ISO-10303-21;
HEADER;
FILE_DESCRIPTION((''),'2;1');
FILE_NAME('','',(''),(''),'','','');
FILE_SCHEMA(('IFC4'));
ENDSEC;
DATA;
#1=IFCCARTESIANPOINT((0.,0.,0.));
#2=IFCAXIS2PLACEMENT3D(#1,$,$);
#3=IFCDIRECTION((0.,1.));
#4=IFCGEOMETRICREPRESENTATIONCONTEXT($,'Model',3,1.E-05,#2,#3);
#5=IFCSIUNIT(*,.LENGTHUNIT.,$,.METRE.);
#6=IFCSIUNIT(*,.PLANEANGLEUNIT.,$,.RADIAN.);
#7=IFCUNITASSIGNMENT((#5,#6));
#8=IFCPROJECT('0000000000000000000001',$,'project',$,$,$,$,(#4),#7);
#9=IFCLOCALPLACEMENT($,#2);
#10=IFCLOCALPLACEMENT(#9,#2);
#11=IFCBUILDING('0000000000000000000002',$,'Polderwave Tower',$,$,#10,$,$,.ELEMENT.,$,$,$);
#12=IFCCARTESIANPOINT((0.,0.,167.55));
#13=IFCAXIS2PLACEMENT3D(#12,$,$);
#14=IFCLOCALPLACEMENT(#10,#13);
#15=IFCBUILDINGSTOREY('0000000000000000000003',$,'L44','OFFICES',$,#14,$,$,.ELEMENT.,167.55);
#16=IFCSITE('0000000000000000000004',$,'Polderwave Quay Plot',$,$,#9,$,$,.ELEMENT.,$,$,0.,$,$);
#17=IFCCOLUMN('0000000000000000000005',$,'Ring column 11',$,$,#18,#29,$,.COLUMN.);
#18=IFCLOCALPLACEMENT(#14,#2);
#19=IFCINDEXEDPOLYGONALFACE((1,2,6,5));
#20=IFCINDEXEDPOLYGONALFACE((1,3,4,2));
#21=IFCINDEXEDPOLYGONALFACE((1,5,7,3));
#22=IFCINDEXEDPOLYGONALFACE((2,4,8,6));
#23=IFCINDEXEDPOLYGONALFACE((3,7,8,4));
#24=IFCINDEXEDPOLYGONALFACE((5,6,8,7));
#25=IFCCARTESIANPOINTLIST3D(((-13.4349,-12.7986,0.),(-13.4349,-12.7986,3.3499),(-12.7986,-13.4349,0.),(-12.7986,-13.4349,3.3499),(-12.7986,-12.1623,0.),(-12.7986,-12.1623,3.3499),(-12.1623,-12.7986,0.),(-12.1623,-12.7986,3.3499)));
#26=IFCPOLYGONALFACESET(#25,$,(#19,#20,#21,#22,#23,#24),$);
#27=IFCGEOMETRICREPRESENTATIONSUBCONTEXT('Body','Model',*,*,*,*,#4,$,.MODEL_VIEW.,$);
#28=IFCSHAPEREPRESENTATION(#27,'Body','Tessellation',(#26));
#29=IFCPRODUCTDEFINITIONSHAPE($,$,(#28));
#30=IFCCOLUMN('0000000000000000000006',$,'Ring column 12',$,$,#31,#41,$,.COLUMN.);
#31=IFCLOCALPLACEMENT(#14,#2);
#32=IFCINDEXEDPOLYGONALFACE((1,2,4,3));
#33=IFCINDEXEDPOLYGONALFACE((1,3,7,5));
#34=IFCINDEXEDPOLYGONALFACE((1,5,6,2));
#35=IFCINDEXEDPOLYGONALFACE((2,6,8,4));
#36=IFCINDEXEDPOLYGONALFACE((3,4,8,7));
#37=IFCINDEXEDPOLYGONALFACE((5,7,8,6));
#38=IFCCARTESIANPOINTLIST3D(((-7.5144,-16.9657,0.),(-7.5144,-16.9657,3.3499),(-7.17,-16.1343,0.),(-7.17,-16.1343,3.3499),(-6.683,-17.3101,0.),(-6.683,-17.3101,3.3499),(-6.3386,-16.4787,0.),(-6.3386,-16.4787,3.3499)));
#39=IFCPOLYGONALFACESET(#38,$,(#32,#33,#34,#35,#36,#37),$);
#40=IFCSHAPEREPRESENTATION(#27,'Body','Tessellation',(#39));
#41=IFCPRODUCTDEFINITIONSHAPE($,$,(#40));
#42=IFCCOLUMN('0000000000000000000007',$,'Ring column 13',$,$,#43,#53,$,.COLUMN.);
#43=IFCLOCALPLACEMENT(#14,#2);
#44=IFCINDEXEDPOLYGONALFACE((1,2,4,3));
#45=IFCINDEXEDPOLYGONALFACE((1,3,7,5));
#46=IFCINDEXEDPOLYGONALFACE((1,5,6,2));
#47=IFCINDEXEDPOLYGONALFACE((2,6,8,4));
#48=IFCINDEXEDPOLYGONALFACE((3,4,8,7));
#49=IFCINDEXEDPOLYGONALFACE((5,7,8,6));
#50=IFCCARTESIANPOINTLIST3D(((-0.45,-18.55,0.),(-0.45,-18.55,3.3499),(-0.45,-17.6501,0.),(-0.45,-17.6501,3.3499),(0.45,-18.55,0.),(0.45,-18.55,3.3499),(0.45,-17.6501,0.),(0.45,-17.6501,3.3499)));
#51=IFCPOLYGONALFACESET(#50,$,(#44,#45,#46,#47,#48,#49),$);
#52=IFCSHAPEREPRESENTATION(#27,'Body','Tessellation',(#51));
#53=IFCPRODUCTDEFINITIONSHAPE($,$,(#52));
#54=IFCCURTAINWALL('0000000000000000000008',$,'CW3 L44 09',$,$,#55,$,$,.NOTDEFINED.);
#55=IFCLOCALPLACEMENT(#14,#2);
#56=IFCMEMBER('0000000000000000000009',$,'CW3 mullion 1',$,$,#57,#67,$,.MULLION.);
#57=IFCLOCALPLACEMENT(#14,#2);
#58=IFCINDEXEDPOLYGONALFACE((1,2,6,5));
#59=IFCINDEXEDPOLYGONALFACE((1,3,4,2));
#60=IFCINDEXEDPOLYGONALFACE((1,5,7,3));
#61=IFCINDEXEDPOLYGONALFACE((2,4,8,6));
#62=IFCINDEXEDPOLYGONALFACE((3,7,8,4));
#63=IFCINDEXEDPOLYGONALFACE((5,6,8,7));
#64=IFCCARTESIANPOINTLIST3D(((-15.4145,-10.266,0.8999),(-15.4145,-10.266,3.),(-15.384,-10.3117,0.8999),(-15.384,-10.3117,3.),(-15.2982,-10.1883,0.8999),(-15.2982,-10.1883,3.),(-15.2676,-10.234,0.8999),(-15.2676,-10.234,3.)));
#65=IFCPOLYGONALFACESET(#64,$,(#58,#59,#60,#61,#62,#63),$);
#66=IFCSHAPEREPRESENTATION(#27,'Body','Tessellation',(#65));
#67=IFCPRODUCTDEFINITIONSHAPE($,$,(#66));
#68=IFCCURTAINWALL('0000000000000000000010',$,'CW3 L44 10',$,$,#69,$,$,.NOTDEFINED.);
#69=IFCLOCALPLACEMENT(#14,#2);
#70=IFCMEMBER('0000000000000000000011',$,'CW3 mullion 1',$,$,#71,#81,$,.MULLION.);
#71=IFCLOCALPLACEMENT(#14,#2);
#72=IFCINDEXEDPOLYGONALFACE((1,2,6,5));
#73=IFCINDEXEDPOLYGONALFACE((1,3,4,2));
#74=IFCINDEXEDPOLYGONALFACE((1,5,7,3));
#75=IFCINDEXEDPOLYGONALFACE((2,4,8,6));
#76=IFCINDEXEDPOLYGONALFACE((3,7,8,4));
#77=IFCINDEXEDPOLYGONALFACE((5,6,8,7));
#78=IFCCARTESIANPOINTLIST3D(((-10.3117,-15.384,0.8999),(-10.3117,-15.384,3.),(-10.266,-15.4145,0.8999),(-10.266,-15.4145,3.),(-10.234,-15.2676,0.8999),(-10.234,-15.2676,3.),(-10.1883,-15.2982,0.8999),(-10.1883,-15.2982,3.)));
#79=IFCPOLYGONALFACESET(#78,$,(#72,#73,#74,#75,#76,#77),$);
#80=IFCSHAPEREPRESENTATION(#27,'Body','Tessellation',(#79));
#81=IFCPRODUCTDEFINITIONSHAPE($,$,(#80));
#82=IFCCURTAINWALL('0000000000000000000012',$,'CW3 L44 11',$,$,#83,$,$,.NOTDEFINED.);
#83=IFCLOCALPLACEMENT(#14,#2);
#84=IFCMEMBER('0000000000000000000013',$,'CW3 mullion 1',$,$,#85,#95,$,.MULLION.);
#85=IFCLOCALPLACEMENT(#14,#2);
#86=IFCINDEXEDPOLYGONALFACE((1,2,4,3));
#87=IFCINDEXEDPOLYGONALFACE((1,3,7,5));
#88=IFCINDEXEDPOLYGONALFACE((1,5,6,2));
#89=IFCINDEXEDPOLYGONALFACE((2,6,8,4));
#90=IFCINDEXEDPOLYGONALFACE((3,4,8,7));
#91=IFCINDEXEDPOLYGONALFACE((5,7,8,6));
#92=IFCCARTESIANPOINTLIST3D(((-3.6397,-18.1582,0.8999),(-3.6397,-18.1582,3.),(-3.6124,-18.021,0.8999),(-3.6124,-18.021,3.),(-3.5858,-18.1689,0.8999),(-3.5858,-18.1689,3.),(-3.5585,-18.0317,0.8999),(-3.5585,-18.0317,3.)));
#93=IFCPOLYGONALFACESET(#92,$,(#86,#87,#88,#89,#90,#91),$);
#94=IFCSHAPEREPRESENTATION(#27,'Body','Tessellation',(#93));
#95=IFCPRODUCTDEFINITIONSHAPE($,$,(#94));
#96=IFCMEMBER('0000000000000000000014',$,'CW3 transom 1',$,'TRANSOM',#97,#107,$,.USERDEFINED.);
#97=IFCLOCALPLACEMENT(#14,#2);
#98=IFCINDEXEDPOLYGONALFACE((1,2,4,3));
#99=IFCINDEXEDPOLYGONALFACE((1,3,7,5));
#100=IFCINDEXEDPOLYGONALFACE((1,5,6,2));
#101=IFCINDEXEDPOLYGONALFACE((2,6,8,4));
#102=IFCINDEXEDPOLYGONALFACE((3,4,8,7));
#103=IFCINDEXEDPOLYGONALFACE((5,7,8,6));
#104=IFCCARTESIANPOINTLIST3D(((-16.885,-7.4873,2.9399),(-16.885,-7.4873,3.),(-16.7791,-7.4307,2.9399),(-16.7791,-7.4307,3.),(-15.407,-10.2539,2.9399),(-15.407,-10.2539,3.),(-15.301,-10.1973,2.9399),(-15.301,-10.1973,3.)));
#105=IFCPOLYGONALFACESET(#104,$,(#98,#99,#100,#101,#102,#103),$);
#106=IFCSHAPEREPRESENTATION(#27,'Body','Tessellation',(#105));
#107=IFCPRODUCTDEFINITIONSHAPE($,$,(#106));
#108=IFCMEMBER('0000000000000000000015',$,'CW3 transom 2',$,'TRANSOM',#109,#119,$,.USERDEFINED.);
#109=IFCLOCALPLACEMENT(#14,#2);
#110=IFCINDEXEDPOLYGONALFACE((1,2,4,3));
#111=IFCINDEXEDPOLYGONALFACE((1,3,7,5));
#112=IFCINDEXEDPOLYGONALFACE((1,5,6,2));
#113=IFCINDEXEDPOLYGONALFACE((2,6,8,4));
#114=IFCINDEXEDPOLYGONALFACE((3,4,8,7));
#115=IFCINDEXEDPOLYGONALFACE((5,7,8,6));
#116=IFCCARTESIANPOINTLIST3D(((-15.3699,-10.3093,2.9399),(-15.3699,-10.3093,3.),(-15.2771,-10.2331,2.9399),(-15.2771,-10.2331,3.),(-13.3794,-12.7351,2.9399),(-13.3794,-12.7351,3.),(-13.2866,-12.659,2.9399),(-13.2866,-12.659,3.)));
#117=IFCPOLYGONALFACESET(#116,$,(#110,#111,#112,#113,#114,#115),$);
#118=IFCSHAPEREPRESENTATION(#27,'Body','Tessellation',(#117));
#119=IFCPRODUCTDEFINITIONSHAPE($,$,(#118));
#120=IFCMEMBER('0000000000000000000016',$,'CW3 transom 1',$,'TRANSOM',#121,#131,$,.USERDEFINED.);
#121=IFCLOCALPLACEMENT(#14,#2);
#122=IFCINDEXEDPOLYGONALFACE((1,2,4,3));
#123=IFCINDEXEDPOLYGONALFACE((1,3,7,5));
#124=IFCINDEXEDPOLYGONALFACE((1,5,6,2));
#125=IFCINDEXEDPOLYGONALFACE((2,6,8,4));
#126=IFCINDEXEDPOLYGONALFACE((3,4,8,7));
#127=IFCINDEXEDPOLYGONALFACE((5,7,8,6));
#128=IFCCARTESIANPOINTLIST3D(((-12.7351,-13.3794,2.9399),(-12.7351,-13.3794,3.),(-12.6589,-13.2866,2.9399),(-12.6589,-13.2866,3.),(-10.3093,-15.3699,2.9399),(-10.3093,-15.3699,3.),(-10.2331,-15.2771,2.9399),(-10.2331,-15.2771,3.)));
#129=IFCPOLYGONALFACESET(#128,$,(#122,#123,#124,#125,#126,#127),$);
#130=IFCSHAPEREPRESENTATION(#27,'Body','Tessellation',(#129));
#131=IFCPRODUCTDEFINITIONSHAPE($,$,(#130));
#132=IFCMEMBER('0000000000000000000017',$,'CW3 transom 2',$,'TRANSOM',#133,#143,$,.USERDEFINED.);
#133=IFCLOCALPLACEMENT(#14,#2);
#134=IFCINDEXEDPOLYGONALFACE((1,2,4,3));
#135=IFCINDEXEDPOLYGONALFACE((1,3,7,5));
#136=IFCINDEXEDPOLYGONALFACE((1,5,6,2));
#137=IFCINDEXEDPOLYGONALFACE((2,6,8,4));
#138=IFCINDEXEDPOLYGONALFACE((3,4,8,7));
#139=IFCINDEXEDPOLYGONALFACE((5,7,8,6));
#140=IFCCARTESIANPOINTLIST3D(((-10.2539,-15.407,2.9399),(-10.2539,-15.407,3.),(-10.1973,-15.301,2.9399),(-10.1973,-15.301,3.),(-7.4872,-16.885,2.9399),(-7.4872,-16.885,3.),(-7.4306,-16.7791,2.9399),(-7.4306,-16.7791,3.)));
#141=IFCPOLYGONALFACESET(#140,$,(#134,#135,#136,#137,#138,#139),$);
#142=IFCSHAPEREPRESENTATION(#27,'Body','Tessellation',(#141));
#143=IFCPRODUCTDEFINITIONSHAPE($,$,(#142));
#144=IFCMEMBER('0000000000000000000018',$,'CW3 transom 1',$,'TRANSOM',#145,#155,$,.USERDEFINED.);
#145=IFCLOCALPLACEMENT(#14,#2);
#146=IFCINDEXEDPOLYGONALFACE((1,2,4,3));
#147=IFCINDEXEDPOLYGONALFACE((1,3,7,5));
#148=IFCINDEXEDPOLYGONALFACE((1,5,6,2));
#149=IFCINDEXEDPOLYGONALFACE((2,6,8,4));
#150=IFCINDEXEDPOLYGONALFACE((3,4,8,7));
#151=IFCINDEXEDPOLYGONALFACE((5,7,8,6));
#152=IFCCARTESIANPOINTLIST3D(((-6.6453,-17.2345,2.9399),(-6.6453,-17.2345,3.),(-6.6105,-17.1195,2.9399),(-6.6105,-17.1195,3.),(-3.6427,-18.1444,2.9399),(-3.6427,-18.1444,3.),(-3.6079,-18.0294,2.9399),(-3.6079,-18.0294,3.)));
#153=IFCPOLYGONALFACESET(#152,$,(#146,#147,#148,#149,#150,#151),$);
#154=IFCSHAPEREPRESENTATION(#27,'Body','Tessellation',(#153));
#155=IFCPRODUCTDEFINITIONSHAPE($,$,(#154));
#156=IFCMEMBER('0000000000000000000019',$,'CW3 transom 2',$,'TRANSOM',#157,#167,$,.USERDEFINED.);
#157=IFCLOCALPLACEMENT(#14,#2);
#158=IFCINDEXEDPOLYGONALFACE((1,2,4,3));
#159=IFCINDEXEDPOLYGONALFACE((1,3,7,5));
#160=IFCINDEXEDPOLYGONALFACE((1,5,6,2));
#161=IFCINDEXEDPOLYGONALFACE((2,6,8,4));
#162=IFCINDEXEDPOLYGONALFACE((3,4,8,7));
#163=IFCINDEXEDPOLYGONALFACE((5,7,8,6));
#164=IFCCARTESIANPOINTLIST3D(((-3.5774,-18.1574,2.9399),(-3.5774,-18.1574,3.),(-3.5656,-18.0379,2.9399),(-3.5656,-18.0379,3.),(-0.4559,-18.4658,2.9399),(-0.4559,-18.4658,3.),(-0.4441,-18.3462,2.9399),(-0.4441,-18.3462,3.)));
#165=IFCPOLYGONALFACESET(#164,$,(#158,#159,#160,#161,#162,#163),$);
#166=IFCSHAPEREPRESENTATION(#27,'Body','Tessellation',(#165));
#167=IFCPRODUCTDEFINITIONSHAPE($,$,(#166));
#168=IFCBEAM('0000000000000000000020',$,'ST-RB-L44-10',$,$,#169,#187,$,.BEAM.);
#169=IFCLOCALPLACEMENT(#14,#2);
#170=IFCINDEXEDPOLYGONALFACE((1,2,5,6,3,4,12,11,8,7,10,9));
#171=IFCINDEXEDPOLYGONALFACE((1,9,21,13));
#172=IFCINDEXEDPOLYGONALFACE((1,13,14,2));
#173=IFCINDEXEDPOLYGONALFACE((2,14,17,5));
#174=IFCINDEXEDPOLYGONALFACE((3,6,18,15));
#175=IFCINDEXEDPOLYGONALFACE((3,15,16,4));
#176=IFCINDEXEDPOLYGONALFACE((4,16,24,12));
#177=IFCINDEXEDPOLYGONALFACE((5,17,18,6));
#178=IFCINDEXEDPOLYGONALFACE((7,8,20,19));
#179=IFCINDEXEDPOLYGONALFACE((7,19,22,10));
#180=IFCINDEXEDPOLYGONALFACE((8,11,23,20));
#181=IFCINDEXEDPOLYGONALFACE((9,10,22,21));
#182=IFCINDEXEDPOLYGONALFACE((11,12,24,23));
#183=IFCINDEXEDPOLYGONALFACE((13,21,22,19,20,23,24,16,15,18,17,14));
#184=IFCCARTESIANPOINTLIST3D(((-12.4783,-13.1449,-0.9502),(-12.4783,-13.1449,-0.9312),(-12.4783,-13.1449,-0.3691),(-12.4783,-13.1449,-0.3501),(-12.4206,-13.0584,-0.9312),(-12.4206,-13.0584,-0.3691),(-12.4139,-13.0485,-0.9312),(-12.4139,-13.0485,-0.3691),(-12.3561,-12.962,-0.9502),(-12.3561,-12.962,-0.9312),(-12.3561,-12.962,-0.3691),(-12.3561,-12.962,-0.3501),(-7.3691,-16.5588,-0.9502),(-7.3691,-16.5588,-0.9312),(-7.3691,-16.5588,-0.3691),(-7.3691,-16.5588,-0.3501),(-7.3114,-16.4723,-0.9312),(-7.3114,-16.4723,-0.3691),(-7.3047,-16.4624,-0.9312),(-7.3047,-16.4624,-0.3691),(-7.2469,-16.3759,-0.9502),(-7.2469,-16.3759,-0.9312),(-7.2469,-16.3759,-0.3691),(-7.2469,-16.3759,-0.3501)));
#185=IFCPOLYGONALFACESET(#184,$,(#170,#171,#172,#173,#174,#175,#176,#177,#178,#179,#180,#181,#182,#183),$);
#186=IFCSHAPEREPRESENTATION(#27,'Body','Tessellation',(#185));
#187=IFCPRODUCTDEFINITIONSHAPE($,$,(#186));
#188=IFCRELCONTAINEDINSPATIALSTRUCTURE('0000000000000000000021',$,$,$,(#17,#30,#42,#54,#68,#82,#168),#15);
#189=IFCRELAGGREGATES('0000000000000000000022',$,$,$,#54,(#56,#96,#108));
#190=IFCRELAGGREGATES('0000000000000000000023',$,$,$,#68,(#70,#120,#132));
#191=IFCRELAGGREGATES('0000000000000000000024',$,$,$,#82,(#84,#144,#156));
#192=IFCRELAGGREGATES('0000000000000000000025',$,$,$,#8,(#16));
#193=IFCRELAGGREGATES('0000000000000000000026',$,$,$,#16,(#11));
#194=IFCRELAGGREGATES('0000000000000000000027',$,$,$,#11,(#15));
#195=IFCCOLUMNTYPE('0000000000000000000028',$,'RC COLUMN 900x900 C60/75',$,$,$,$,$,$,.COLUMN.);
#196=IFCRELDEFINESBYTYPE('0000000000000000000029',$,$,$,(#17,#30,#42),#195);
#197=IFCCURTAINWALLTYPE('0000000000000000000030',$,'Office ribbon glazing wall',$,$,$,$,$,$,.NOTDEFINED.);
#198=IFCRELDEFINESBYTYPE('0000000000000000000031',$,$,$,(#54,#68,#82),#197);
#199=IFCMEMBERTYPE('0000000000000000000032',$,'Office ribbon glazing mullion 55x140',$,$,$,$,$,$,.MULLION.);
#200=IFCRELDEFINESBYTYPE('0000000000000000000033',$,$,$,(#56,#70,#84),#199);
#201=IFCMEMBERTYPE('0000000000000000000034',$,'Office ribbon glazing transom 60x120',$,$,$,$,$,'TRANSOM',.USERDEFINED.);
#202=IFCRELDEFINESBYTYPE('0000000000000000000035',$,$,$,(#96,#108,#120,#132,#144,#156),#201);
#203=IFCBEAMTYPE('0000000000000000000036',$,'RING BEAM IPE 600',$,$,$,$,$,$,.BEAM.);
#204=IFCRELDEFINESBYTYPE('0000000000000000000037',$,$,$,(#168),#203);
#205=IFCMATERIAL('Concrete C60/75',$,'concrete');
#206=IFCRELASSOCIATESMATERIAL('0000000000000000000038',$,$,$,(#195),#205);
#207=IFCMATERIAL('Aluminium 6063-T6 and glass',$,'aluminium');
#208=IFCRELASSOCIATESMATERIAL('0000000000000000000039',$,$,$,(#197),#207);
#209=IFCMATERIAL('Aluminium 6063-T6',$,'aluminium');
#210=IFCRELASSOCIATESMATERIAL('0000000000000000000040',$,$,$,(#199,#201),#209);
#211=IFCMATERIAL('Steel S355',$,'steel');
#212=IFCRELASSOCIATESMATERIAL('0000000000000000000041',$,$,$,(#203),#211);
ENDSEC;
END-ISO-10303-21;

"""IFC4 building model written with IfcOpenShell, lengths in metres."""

from ifc_helpers import new_model, si_unit, direction, frame, origin, origin_2d, place, context, subcontext, project, spatial, rectangle, i_section, extrude, material, material_profile, profile_set, type_object, element, aggregate, save


model = new_model("IFC4")

# Units and contexts
model_context = context("Model", 3, precision=1e-05, world=origin(), true_north=direction((0.0, 1.0)))
body_context = subcontext(model_context, "Body", "Model", "MODEL_VIEW")
ifc_project = project(units=[si_unit("LENGTHUNIT", "METRE"), si_unit("PLANEANGLEUNIT", "RADIAN")], contexts=[model_context])

# Site, building, storey
site_placement = place(None, origin())
site = spatial("IfcSite", under=ifc_project, at=site_placement, Name="Polderwave Quay Plot", CompositionType="ELEMENT", RefElevation=0.0)
building_placement = place(site_placement, origin())
building = spatial("IfcBuilding", under=site, at=building_placement, Name="Polderwave Tower", CompositionType="ELEMENT")
storey_placement = place(building_placement, frame((0.0, 0.0, 167.55)))
storey = spatial("IfcBuildingStorey", under=building, at=storey_placement, Name="L44", Description="OFFICES", CompositionType="ELEMENT", Elevation=167.55)

# Columns
ifc_material_1 = material(Name="Concrete C60/75", Category="concrete")
ifc_material_profile_1 = material_profile(ifc_material_1, rectangle(XDim=0.8999, YDim=0.8999, at=origin_2d()), Name="RC 900x900")
ifc_profile_set_1 = profile_set([ifc_material_profile_1], Name="Concrete C60/75")
column_type = type_object("IfcColumnType", Name="RC COLUMN 900x900 C60/75", PredefinedType="COLUMN", material=ifc_profile_set_1)
for number, where, z_axis, x_axis, name in (
    (1, (-12.7986, -12.7986, 0.0), (0.0, 0.0, 1.0), (-0.707107, -0.707107, 0.0), "Ring column 11"),
    (2, (-6.9265, -16.7222, 0.0), (0.0, 0.0, 1.0), (-0.382683, -0.92388, 0.0), "Ring column 12"),
    (3, (0.0, -18.1001, 0.0), (0.0, 0.0, 1.0), (0.0, -1.0, 0.0), "Ring column 13"),
):
    element("IfcColumn", number, at=place(storey_placement, frame(where, z_axis=z_axis, x_axis=x_axis)), inside=storey, type_object=column_type, Name=name, PredefinedType="COLUMN", context=body_context, shape_type="SweptSolid", body=[
        extrude(rectangle(XDim=0.8999, YDim=0.8999, at=origin_2d()), origin(), (0.0, 0.0, 1.0), 3.3499),
    ])

# Curtain walls, members
ifc_material_2 = material(Name="Aluminium 6063-T6 and glass", Category="aluminium")
curtain_wall_type = type_object("IfcCurtainWallType", Name="Office ribbon glazing wall", PredefinedType="NOTDEFINED", material=ifc_material_2)
curtain_wall_1_placement = place(storey_placement, origin())
curtain_wall_1 = element("IfcCurtainWall", 4, at=curtain_wall_1_placement, inside=storey, type_object=curtain_wall_type, Name="CW3 L44 09", PredefinedType="NOTDEFINED")
ifc_material_3 = material(Name="Aluminium 6063-T6", Category="aluminium")
ifc_material_profile_2 = material_profile(ifc_material_3, rectangle(XDim=0.1399, YDim=0.0549, at=origin_2d()), Name="AL 55x140")
ifc_profile_set_2 = profile_set([ifc_material_profile_2], Name="Aluminium 6063-T6")
member_type_1 = type_object("IfcMemberType", Name="Office ribbon glazing mullion 55x140", PredefinedType="MULLION", material=ifc_profile_set_2)
member_1_placement = place(storey_placement, frame((-15.3411, -10.25, 0.8999), z_axis=(0.0, 0.0, 1.0), x_axis=(0.831547, 0.555454, 0.0)))
member_1 = element("IfcMember", 5, at=member_1_placement, type_object=member_type_1, Name="CW3 mullion 1", PredefinedType="MULLION", context=body_context, shape_type="SweptSolid", body=[
    extrude(rectangle(XDim=0.1399, YDim=0.0549, at=origin_2d()), origin(), (0.0, 0.0, 1.0), 2.1001),
])
curtain_wall_2_placement = place(storey_placement, origin())
curtain_wall_2 = element("IfcCurtainWall", 6, at=curtain_wall_2_placement, inside=storey, type_object=curtain_wall_type, Name="CW3 L44 10", PredefinedType="NOTDEFINED")
member_2_placement = place(storey_placement, frame((-10.25, -15.3411, 0.8999), z_axis=(0.0, 0.0, 1.0), x_axis=(0.555454, 0.831547, 0.0)))
member_2 = element("IfcMember", 7, at=member_2_placement, type_object=member_type_1, Name="CW3 mullion 1", PredefinedType="MULLION", context=body_context, shape_type="SweptSolid", body=[
    extrude(rectangle(XDim=0.1399, YDim=0.0549, at=origin_2d()), origin(), (0.0, 0.0, 1.0), 2.1001),
])
curtain_wall_3_placement = place(storey_placement, origin())
curtain_wall_3 = element("IfcCurtainWall", 8, at=curtain_wall_3_placement, inside=storey, type_object=curtain_wall_type, Name="CW3 L44 11", PredefinedType="NOTDEFINED")
member_3_placement = place(storey_placement, frame((-3.5991, -18.095, 0.8999), z_axis=(0.0, 0.0, 1.0), x_axis=(0.195097, 0.980784, 0.0)))
member_3 = element("IfcMember", 9, at=member_3_placement, type_object=member_type_1, Name="CW3 mullion 1", PredefinedType="MULLION", context=body_context, shape_type="SweptSolid", body=[
    extrude(rectangle(XDim=0.1399, YDim=0.0549, at=origin_2d()), origin(), (0.0, 0.0, 1.0), 2.1001),
])

# Members
ifc_material_profile_3 = material_profile(ifc_material_3, rectangle(XDim=0.1201, YDim=0.0601, at=origin_2d()), Name="AL 60x120")
ifc_profile_set_3 = profile_set([ifc_material_profile_3], Name="Aluminium 6063-T6")
member_type_2 = type_object("IfcMemberType", Name="Office ribbon glazing transom 60x120", ElementType="TRANSOM", PredefinedType="USERDEFINED", material=ifc_profile_set_3)
member_4_placement = place(storey_placement, frame((-16.832, -7.459, 2.97), z_axis=(0.47121, -0.882021, 0.0), x_axis=(0.882021, 0.47121, 0.0)))
member_4 = element("IfcMember", 10, at=member_4_placement, type_object=member_type_2, Name="CW3 transom 1", ObjectType="TRANSOM", PredefinedType="USERDEFINED", context=body_context, shape_type="SweptSolid", body=[
    extrude(rectangle(XDim=0.1201, YDim=0.0601, at=origin_2d()), origin(), (0.0, 0.0, 1.0), 3.1367),
])
member_5_placement = place(storey_placement, frame((-15.3235, -10.2712, 2.97), z_axis=(0.634334, -0.773059, 0.0), x_axis=(0.773059, 0.634334, 0.0)))
member_5 = element("IfcMember", 11, at=member_5_placement, type_object=member_type_2, Name="CW3 transom 2", ObjectType="TRANSOM", PredefinedType="USERDEFINED", context=body_context, shape_type="SweptSolid", body=[
    extrude(rectangle(XDim=0.1201, YDim=0.0601, at=origin_2d()), origin(), (0.0, 0.0, 1.0), 3.1379),
])
member_6_placement = place(storey_placement, frame((-12.697, -13.333, 2.97), z_axis=(0.773059, -0.634334, 0.0), x_axis=(0.634334, 0.773059, 0.0)))
member_6 = element("IfcMember", 12, at=member_6_placement, type_object=member_type_2, Name="CW3 transom 1", ObjectType="TRANSOM", PredefinedType="USERDEFINED", context=body_context, shape_type="SweptSolid", body=[
    extrude(rectangle(XDim=0.1201, YDim=0.0601, at=origin_2d()), origin(), (0.0, 0.0, 1.0), 3.1379),
])
member_7_placement = place(storey_placement, frame((-10.2256, -15.354, 2.97), z_axis=(0.882021, -0.47121, 0.0), x_axis=(0.47121, 0.882021, 0.0)))
member_7 = element("IfcMember", 13, at=member_7_placement, type_object=member_type_2, Name="CW3 transom 2", ObjectType="TRANSOM", PredefinedType="USERDEFINED", context=body_context, shape_type="SweptSolid", body=[
    extrude(rectangle(XDim=0.1201, YDim=0.0601, at=origin_2d()), origin(), (0.0, 0.0, 1.0), 3.1367),
])
member_8_placement = place(storey_placement, frame((-6.6279, -17.177, 2.97), z_axis=(0.957024, -0.29001, 0.0), x_axis=(0.29001, 0.957024, 0.0)))
member_8 = element("IfcMember", 14, at=member_8_placement, type_object=member_type_2, Name="CW3 transom 1", ObjectType="TRANSOM", PredefinedType="USERDEFINED", context=body_context, shape_type="SweptSolid", body=[
    extrude(rectangle(XDim=0.1201, YDim=0.0601, at=origin_2d()), origin(), (0.0, 0.0, 1.0), 3.1375),
])
member_9_placement = place(storey_placement, frame((-3.5715, -18.0977, 2.97), z_axis=(0.995157, -0.098301, 0.0), x_axis=(0.098301, 0.995157, 0.0)))
member_9 = element("IfcMember", 15, at=member_9_placement, type_object=member_type_2, Name="CW3 transom 2", ObjectType="TRANSOM", PredefinedType="USERDEFINED", context=body_context, shape_type="SweptSolid", body=[
    extrude(rectangle(XDim=0.1201, YDim=0.0601, at=origin_2d()), origin(), (0.0, 0.0, 1.0), 3.1367),
])

# Beam
ifc_material_4 = material(Name="Steel S355", Category="steel")
ifc_material_profile_4 = material_profile(ifc_material_4, i_section(OverallWidth=0.22, OverallDepth=0.6001, WebThickness=0.012, FlangeThickness=0.019, at=origin_2d()), Name="IPE 600")
ifc_profile_set_4 = profile_set([ifc_material_profile_4], Name="Steel S355")
beam_type = type_object("IfcBeamType", Name="RING BEAM IPE 600", PredefinedType="BEAM", material=ifc_profile_set_4)
for number, where, z_axis, x_axis, name in (
    (16, (-12.4172, -13.0535, -0.6501), (0.831469, -0.555571, 0.0), (0.555571, 0.831469, 0.0), "ST-RB-L44-10"),
):
    element("IfcBeam", number, at=place(storey_placement, frame(where, z_axis=z_axis, x_axis=x_axis)), inside=storey, type_object=beam_type, Name=name, PredefinedType="BEAM", context=body_context, shape_type="SweptSolid", body=[
        extrude(i_section(OverallWidth=0.22, OverallDepth=0.6001, WebThickness=0.012, FlangeThickness=0.019, at=origin_2d()), origin(), (0.0, 0.0, 1.0), 6.1448),
    ])

aggregate(curtain_wall_1, [member_1, member_4, member_5])
aggregate(curtain_wall_2, [member_2, member_6, member_7])
aggregate(curtain_wall_3, [member_3, member_8, member_9])

save(model, "model.ifc")
